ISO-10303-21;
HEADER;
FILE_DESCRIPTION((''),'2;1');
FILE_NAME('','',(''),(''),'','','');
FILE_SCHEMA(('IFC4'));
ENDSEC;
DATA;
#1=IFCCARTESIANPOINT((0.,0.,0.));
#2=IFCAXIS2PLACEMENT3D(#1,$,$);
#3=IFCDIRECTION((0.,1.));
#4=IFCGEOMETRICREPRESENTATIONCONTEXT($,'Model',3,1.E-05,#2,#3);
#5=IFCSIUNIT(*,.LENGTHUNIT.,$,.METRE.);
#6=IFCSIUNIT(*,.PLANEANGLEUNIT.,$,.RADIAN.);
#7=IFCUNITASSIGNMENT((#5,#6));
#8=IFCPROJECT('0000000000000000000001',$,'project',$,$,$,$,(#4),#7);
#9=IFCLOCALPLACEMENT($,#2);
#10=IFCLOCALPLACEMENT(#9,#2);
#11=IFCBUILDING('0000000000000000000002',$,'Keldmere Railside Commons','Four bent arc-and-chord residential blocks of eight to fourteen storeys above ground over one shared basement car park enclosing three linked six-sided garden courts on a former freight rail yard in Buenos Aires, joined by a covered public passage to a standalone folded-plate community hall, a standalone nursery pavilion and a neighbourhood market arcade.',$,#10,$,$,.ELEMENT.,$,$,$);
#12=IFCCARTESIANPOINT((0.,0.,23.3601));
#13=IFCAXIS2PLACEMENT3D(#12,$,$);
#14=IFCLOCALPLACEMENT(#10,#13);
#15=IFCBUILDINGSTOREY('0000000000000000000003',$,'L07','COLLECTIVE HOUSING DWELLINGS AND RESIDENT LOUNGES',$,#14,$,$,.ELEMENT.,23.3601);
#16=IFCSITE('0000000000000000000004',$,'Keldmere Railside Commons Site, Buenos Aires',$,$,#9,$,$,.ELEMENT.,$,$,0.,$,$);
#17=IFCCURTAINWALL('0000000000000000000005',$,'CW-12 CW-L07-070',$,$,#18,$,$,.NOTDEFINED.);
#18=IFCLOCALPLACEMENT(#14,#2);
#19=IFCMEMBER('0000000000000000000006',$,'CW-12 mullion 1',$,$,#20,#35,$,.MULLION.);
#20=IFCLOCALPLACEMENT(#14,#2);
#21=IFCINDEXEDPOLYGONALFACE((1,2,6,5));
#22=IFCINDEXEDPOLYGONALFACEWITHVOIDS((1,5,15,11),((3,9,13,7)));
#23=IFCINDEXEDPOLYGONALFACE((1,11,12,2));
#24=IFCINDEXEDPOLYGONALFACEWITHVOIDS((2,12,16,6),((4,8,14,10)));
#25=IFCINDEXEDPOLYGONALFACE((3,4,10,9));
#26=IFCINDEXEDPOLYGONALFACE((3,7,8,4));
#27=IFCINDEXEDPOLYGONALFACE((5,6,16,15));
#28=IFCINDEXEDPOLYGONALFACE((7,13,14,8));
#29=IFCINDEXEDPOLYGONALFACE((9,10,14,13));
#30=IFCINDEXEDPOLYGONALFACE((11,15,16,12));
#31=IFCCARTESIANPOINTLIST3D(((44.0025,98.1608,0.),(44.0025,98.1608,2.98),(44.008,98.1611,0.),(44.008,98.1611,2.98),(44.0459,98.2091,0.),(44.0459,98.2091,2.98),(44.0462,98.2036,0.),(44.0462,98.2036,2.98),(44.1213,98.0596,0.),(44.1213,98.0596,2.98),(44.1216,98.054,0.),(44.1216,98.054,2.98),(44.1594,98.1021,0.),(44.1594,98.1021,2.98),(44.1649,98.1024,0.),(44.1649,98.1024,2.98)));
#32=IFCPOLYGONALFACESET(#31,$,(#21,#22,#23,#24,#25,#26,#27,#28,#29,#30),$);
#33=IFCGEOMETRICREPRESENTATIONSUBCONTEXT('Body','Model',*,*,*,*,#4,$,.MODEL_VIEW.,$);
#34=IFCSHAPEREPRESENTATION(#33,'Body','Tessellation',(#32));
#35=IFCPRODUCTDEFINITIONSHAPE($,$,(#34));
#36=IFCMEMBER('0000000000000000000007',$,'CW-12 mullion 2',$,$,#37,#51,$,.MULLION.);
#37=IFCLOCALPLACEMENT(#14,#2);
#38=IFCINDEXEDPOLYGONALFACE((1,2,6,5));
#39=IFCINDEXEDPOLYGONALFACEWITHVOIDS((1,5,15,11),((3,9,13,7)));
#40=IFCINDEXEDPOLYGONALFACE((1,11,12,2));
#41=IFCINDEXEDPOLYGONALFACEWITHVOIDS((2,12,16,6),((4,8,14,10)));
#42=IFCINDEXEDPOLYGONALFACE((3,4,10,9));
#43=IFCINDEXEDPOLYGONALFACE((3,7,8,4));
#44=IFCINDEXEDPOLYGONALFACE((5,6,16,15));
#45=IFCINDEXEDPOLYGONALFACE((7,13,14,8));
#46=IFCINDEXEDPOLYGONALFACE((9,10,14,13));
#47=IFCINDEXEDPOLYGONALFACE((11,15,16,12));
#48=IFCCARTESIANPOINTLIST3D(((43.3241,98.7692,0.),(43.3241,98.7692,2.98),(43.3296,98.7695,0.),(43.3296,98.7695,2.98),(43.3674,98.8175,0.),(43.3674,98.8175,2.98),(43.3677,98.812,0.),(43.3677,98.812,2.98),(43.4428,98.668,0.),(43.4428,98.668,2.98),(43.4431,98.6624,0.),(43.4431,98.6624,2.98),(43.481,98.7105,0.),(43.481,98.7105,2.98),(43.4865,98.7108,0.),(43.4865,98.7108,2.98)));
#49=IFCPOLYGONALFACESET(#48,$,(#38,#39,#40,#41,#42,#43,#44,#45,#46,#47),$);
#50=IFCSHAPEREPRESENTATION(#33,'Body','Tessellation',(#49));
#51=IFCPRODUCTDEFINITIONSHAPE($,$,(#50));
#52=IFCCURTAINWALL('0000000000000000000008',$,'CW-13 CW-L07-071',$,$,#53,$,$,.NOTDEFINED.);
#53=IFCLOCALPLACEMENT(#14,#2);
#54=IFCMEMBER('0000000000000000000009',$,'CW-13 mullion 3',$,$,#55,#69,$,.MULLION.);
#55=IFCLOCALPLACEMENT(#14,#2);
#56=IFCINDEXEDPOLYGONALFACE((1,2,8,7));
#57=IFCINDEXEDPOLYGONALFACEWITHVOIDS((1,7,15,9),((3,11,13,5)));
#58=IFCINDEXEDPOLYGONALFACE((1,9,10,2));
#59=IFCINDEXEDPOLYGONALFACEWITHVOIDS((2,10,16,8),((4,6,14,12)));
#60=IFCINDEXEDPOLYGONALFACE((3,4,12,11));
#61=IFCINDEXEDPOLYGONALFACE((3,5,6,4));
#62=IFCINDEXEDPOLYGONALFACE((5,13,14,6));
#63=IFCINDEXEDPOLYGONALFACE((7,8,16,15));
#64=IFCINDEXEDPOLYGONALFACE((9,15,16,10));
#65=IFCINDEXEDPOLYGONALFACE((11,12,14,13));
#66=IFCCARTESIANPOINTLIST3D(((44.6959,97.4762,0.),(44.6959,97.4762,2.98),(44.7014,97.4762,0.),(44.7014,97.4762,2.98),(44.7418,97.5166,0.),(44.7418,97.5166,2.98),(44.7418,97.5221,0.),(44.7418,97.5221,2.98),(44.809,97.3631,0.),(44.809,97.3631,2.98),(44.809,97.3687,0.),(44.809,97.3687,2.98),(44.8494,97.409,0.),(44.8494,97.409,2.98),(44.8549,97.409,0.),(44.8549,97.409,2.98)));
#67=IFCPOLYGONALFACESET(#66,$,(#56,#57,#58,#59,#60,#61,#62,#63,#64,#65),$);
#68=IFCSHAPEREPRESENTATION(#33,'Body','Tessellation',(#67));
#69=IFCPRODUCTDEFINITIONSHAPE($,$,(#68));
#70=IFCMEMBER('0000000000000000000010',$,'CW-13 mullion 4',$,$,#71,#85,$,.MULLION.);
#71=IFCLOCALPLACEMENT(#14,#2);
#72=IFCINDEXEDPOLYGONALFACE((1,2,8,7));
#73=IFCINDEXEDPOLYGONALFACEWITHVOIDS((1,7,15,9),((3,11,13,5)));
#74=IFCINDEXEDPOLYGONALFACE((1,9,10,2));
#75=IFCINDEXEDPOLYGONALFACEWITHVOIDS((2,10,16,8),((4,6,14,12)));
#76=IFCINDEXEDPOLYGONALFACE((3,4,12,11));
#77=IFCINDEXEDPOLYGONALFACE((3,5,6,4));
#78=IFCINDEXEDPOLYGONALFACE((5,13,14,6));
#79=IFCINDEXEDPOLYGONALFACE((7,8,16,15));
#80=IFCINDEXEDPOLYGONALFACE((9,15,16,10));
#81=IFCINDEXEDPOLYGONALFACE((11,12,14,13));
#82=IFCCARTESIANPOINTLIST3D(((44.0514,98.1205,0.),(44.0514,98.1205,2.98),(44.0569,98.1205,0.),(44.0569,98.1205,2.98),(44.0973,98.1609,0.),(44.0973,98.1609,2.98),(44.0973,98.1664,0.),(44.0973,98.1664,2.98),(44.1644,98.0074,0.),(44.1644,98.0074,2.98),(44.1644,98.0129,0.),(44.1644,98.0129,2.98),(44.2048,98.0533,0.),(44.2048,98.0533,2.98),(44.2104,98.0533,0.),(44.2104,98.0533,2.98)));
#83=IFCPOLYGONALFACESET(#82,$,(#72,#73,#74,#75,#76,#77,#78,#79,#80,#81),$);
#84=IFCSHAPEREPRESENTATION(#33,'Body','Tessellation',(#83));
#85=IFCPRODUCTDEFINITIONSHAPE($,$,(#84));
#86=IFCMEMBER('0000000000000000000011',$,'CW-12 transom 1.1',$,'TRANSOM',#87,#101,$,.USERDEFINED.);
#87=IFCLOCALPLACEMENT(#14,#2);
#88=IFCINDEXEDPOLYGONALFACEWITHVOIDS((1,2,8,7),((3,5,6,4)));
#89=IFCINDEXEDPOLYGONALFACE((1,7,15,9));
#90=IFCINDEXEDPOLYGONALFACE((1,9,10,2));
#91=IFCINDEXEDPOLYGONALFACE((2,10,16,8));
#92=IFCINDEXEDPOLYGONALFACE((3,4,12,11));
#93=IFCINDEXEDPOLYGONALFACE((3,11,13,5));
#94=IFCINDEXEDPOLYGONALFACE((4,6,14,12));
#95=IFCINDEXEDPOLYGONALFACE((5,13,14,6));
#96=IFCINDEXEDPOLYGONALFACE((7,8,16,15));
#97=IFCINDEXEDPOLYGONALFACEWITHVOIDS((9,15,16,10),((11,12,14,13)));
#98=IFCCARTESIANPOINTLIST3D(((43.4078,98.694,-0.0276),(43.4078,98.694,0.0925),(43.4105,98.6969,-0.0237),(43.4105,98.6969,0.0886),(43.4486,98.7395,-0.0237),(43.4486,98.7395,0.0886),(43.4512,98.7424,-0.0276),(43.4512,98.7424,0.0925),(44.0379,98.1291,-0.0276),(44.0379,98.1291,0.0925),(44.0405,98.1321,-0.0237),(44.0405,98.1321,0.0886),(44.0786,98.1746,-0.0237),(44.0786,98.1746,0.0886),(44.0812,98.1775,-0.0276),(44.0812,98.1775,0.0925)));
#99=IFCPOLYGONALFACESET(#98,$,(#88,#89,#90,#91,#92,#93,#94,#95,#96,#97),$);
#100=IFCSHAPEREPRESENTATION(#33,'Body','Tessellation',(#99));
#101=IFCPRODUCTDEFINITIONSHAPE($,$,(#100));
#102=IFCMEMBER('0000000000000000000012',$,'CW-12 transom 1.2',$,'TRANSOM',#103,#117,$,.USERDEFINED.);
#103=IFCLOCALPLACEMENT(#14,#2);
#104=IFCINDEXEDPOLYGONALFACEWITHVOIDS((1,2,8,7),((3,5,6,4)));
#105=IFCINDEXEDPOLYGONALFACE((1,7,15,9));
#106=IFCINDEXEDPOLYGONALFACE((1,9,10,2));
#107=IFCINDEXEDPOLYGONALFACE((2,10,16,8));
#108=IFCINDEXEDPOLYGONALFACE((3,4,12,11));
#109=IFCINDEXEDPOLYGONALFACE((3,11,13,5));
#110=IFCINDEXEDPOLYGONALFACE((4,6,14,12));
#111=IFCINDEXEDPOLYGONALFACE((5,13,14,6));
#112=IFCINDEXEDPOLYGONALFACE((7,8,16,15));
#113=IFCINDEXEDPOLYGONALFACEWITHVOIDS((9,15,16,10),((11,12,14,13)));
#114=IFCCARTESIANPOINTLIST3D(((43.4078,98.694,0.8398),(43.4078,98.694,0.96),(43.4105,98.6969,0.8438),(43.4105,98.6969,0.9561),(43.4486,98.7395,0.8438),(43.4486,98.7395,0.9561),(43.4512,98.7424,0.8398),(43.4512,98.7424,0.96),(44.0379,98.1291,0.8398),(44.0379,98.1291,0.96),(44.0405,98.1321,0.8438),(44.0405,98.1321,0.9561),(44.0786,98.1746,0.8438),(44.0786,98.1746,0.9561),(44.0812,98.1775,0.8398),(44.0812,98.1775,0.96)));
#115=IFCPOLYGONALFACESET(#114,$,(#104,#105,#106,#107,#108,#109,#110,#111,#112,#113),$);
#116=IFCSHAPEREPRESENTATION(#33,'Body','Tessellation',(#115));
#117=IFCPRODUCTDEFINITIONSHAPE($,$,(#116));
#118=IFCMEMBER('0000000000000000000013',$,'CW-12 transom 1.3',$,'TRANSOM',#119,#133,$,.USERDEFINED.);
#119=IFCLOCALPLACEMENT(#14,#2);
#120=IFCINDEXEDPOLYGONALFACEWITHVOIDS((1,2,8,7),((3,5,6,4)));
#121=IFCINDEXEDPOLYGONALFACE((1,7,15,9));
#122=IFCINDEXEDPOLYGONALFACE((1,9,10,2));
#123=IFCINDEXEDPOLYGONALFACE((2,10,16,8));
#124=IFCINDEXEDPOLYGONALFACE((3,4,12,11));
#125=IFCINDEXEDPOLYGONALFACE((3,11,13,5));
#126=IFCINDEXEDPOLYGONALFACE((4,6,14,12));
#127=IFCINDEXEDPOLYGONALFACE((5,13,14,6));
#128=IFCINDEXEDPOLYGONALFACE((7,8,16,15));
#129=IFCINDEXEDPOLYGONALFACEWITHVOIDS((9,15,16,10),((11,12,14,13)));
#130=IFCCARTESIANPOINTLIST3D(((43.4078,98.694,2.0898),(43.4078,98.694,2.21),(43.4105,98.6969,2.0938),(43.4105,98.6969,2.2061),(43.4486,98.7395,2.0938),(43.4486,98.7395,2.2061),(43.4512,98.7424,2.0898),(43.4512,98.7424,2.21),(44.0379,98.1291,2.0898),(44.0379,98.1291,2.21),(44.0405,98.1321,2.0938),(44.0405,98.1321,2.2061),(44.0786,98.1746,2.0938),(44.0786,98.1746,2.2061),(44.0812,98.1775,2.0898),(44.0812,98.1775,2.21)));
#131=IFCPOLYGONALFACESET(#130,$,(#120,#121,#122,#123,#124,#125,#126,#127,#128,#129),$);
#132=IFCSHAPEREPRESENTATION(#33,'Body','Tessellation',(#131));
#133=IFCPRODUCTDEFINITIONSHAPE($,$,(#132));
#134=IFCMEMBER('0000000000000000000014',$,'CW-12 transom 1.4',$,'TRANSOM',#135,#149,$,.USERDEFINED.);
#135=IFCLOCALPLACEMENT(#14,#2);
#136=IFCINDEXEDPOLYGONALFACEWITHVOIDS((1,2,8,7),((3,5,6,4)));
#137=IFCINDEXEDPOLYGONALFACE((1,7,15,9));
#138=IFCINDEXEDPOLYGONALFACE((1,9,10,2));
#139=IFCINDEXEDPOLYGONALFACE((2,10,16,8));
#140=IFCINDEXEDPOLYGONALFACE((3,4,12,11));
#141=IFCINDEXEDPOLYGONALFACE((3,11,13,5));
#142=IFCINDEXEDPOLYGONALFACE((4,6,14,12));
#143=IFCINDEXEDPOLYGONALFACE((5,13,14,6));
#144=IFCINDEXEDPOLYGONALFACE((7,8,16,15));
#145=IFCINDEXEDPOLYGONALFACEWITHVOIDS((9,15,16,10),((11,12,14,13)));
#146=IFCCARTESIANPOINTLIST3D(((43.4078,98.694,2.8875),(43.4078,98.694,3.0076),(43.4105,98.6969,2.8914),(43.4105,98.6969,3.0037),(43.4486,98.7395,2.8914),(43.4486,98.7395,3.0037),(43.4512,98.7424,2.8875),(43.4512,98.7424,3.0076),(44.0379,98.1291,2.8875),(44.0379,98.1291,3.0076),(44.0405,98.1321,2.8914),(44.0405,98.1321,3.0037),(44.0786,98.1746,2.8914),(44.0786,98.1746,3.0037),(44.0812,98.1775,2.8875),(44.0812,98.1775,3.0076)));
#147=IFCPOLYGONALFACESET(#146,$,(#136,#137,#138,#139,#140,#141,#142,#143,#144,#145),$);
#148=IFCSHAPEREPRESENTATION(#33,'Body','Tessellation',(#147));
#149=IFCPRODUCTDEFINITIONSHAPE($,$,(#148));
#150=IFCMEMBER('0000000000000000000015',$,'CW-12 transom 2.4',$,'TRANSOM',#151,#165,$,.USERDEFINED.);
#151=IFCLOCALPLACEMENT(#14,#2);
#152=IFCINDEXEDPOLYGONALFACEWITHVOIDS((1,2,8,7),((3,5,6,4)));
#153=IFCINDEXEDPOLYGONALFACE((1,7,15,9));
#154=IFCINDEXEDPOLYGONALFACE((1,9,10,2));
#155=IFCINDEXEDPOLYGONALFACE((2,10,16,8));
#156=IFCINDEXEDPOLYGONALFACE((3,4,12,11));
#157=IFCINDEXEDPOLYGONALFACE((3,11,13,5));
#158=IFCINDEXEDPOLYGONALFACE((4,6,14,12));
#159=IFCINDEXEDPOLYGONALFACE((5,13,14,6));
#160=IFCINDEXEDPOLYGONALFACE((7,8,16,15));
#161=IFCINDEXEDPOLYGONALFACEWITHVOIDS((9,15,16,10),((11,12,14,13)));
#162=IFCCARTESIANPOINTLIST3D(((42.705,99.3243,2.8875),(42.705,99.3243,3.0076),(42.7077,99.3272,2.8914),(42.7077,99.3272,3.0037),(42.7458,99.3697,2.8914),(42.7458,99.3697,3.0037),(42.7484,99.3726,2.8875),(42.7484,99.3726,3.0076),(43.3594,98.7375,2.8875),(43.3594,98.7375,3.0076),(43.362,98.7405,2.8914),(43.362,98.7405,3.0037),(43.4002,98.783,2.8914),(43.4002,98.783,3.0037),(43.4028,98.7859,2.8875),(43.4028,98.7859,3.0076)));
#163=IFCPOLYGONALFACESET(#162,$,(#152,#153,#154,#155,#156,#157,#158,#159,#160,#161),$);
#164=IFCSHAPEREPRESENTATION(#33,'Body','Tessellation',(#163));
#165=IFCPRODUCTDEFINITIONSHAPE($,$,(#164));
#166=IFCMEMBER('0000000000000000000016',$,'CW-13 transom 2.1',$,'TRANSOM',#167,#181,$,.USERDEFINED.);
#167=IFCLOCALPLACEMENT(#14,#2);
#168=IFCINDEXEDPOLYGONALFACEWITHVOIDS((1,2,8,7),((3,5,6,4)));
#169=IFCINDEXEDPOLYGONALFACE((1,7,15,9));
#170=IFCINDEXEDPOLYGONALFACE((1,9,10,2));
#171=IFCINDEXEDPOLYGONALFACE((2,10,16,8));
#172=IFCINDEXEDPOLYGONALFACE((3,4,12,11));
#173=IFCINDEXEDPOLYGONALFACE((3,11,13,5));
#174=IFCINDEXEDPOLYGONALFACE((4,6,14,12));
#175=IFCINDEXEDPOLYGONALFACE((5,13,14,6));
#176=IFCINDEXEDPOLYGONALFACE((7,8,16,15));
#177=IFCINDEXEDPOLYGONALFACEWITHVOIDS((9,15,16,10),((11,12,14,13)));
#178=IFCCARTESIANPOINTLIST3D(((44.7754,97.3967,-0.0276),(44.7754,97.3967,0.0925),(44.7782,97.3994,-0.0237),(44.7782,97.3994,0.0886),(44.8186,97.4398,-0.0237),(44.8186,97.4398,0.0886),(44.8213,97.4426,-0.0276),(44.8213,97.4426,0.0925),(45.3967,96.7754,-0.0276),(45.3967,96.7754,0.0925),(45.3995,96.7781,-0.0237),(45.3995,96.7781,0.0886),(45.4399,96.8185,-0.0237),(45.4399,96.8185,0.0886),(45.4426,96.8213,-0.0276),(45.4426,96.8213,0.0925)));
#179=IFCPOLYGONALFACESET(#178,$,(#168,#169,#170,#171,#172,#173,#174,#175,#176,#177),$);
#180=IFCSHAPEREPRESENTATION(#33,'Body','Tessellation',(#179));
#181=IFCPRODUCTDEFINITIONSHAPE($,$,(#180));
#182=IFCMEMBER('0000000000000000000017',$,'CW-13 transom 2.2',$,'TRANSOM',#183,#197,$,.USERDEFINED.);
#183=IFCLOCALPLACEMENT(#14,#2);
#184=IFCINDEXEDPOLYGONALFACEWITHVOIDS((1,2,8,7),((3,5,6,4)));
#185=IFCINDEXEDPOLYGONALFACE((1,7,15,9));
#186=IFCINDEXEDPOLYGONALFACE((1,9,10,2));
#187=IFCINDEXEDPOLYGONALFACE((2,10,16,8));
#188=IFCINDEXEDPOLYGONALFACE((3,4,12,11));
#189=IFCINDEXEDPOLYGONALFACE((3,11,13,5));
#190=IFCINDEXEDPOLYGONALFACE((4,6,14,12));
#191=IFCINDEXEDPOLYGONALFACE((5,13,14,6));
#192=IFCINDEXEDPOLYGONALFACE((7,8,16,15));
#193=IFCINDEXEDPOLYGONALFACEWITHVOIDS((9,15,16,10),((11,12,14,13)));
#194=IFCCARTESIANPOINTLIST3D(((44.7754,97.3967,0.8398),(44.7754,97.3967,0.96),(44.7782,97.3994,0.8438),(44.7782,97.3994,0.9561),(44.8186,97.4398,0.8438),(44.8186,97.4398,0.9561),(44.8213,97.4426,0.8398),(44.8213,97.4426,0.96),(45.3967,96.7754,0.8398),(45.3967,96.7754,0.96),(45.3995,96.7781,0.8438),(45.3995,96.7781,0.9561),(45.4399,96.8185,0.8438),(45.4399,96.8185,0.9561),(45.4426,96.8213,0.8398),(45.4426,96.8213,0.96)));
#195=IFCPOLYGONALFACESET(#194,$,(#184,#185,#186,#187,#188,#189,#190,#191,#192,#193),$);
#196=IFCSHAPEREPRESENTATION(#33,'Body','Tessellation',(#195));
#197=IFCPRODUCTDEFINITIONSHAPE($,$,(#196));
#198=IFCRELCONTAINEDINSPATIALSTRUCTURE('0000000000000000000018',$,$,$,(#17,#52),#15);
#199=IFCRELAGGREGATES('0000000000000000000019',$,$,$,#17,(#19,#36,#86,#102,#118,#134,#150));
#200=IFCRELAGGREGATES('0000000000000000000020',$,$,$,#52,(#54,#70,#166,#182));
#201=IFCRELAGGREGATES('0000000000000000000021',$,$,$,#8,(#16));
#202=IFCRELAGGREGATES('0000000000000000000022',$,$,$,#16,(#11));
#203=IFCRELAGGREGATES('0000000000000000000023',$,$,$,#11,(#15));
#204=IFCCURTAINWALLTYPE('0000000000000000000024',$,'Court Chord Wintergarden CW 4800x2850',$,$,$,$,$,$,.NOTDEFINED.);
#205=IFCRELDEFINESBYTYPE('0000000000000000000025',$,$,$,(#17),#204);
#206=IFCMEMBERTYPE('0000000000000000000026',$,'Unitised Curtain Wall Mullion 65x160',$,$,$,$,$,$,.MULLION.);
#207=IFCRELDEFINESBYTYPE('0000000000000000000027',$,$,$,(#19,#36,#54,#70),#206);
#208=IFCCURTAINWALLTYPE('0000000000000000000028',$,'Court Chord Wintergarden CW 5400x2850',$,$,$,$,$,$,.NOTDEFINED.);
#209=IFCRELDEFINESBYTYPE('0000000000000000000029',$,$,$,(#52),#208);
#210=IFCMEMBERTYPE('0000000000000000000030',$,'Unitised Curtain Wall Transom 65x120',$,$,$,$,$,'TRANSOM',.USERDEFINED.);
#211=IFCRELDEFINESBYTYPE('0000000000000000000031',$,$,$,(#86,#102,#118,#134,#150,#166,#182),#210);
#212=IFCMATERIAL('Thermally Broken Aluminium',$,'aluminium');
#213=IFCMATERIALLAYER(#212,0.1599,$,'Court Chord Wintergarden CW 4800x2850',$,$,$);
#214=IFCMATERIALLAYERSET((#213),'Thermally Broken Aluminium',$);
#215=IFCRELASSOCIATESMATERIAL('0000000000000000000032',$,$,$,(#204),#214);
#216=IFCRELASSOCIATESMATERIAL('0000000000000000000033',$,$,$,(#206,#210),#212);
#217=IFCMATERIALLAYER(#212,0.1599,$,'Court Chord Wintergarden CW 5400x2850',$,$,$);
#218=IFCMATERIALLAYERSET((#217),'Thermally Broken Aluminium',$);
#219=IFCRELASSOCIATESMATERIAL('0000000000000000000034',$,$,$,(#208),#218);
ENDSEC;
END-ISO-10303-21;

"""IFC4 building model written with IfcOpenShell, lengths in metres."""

from ifc_helpers import new_model, si_unit, direction, frame, origin, origin_2d, place, context, subcontext, project, spatial, hollow_rectangle, extrude, material, layer, layer_set, material_profile, profile_set, type_object, element, aggregate, save


model = new_model("IFC4")

# Units and contexts
model_context = context("Model", 3, precision=1e-05, world=origin(), true_north=direction((0.0, 1.0)))
body_context = subcontext(model_context, "Body", "Model", "MODEL_VIEW")
ifc_project = project(units=[si_unit("LENGTHUNIT", "METRE"), si_unit("PLANEANGLEUNIT", "RADIAN")], contexts=[model_context])

# Site, building, storey
site_placement = place(None, origin())
site = spatial("IfcSite", under=ifc_project, at=site_placement, Name="Keldmere Railside Commons Site, Buenos Aires", CompositionType="ELEMENT", RefElevation=0.0)
building_placement = place(site_placement, origin())
building = spatial("IfcBuilding", under=site, at=building_placement, Name="Keldmere Railside Commons", Description="Four bent arc-and-chord residential blocks of eight to fourteen storeys above ground over one shared basement car park enclosing three linked six-sided garden courts on a former freight rail yard in Buenos Aires, joined by a covered public passage to a standalone folded-plate community hall, a standalone nursery pavilion and a neighbourhood market arcade.", CompositionType="ELEMENT")
storey_placement = place(building_placement, frame((0.0, 0.0, 23.3601)))
storey = spatial("IfcBuildingStorey", under=building, at=storey_placement, Name="L07", Description="COLLECTIVE HOUSING DWELLINGS AND RESIDENT LOUNGES", CompositionType="ELEMENT", Elevation=23.3601)

# Curtain walls, members
ifc_material_1 = material(Name="Thermally Broken Aluminium", Category="aluminium")
ifc_layer_1 = layer(ifc_material_1, 0.1599, Name="Court Chord Wintergarden CW 4800x2850")
ifc_layer_set_1 = layer_set([ifc_layer_1], Name="Thermally Broken Aluminium")
curtain_wall_type_1 = type_object("IfcCurtainWallType", Name="Court Chord Wintergarden CW 4800x2850", PredefinedType="NOTDEFINED", material=ifc_layer_set_1)
curtain_wall_1_placement = place(storey_placement, origin())
curtain_wall_1 = element("IfcCurtainWall", 1, at=curtain_wall_1_placement, inside=storey, type_object=curtain_wall_type_1, Name="CW-12 CW-L07-070", PredefinedType="NOTDEFINED")
ifc_material_profile_1 = material_profile(ifc_material_1, hollow_rectangle(XDim=0.0649, YDim=0.1599, WallThickness=0.0039, at=origin_2d()), Name="ALU-MULL-65x160")
ifc_profile_set_1 = profile_set([ifc_material_profile_1], Name="Thermally Broken Aluminium")
member_type_1 = type_object("IfcMemberType", Name="Unitised Curtain Wall Mullion 65x160", PredefinedType="MULLION", material=ifc_profile_set_1)
member_1_placement = place(storey_placement, frame((44.0837, 98.1316, 0.0), z_axis=(0.0, 0.0, 1.0), x_axis=(-0.667559, -0.744557, 0.0)))
member_1 = element("IfcMember", 2, at=member_1_placement, type_object=member_type_1, Name="CW-12 mullion 1", PredefinedType="MULLION", context=body_context, shape_type="SweptSolid", body=[
    extrude(hollow_rectangle(XDim=0.0649, YDim=0.1599, WallThickness=0.0039, at=origin_2d()), origin(), (0.0, 0.0, 1.0), 2.98),
])
member_2_placement = place(storey_placement, frame((43.4053, 98.74, 0.0), z_axis=(0.0, 0.0, 1.0), x_axis=(-0.667559, -0.744557, 0.0)))
member_2 = element("IfcMember", 3, at=member_2_placement, type_object=member_type_1, Name="CW-12 mullion 2", PredefinedType="MULLION", context=body_context, shape_type="SweptSolid", body=[
    extrude(hollow_rectangle(XDim=0.0649, YDim=0.1599, WallThickness=0.0039, at=origin_2d()), origin(), (0.0, 0.0, 1.0), 2.98),
])
ifc_layer_2 = layer(ifc_material_1, 0.1599, Name="Court Chord Wintergarden CW 5400x2850")
ifc_layer_set_2 = layer_set([ifc_layer_2], Name="Thermally Broken Aluminium")
curtain_wall_type_2 = type_object("IfcCurtainWallType", Name="Court Chord Wintergarden CW 5400x2850", PredefinedType="NOTDEFINED", material=ifc_layer_set_2)
curtain_wall_2_placement = place(storey_placement, origin())
curtain_wall_2 = element("IfcCurtainWall", 4, at=curtain_wall_2_placement, inside=storey, type_object=curtain_wall_type_2, Name="CW-13 CW-L07-071", PredefinedType="NOTDEFINED")
member_3_placement = place(storey_placement, frame((44.7754, 97.4426, 0.0), z_axis=(0.0, 0.0, 1.0), x_axis=(-0.707107, -0.707107, 0.0)))
member_3 = element("IfcMember", 5, at=member_3_placement, type_object=member_type_1, Name="CW-13 mullion 3", PredefinedType="MULLION", context=body_context, shape_type="SweptSolid", body=[
    extrude(hollow_rectangle(XDim=0.0649, YDim=0.1599, WallThickness=0.0039, at=origin_2d()), origin(), (0.0, 0.0, 1.0), 2.98),
])
member_4_placement = place(storey_placement, frame((44.1309, 98.0869, 0.0), z_axis=(0.0, 0.0, 1.0), x_axis=(-0.707107, -0.707107, 0.0)))
member_4 = element("IfcMember", 6, at=member_4_placement, type_object=member_type_1, Name="CW-13 mullion 4", PredefinedType="MULLION", context=body_context, shape_type="SweptSolid", body=[
    extrude(hollow_rectangle(XDim=0.0649, YDim=0.1599, WallThickness=0.0039, at=origin_2d()), origin(), (0.0, 0.0, 1.0), 2.98),
])

# Members
ifc_material_profile_2 = material_profile(ifc_material_1, hollow_rectangle(XDim=0.0649, YDim=0.1201, WallThickness=0.0039, at=origin_2d()), Name="ALU-TRAN-65x120")
ifc_profile_set_2 = profile_set([ifc_material_profile_2], Name="Thermally Broken Aluminium")
member_type_2 = type_object("IfcMemberType", Name="Unitised Curtain Wall Transom 65x120", ElementType="TRANSOM", PredefinedType="USERDEFINED", material=ifc_profile_set_2)
member_5_placement = place(storey_placement, frame((44.0596, 98.1533, 0.0325), z_axis=(-0.744569, 0.667545, 0.0), x_axis=(-0.667545, -0.744569, 0.0)))
member_5 = element("IfcMember", 7, at=member_5_placement, type_object=member_type_2, Name="CW-12 transom 1.1", ObjectType="TRANSOM", PredefinedType="USERDEFINED", context=body_context, shape_type="SweptSolid", body=[
    extrude(hollow_rectangle(XDim=0.0649, YDim=0.1201, WallThickness=0.0039, at=origin_2d()), origin(), (0.0, 0.0, 1.0), 0.8462),
])
member_6_placement = place(storey_placement, frame((44.0596, 98.1533, 0.8999), z_axis=(-0.744569, 0.667545, 0.0), x_axis=(-0.667545, -0.744569, 0.0)))
member_6 = element("IfcMember", 8, at=member_6_placement, type_object=member_type_2, Name="CW-12 transom 1.2", ObjectType="TRANSOM", PredefinedType="USERDEFINED", context=body_context, shape_type="SweptSolid", body=[
    extrude(hollow_rectangle(XDim=0.0649, YDim=0.1201, WallThickness=0.0039, at=origin_2d()), origin(), (0.0, 0.0, 1.0), 0.8462),
])
member_7_placement = place(storey_placement, frame((44.0596, 98.1533, 2.1499), z_axis=(-0.744569, 0.667545, 0.0), x_axis=(-0.667545, -0.744569, 0.0)))
member_7 = element("IfcMember", 9, at=member_7_placement, type_object=member_type_2, Name="CW-12 transom 1.3", ObjectType="TRANSOM", PredefinedType="USERDEFINED", context=body_context, shape_type="SweptSolid", body=[
    extrude(hollow_rectangle(XDim=0.0649, YDim=0.1201, WallThickness=0.0039, at=origin_2d()), origin(), (0.0, 0.0, 1.0), 0.8462),
])
member_8_placement = place(storey_placement, frame((44.0596, 98.1533, 2.9475), z_axis=(-0.744569, 0.667545, 0.0), x_axis=(-0.667545, -0.744569, 0.0)))
member_8 = element("IfcMember", 10, at=member_8_placement, type_object=member_type_2, Name="CW-12 transom 1.4", ObjectType="TRANSOM", PredefinedType="USERDEFINED", context=body_context, shape_type="SweptSolid", body=[
    extrude(hollow_rectangle(XDim=0.0649, YDim=0.1201, WallThickness=0.0039, at=origin_2d()), origin(), (0.0, 0.0, 1.0), 0.8462),
])
member_9_placement = place(storey_placement, frame((43.3811, 98.7617, 2.9475), z_axis=(-0.744536, 0.667582, 0.0), x_axis=(-0.667582, -0.744536, 0.0)))
member_9 = element("IfcMember", 11, at=member_9_placement, type_object=member_type_2, Name="CW-12 transom 2.4", ObjectType="TRANSOM", PredefinedType="USERDEFINED", context=body_context, shape_type="SweptSolid", body=[
    extrude(hollow_rectangle(XDim=0.0649, YDim=0.1201, WallThickness=0.0039, at=origin_2d()), origin(), (0.0, 0.0, 1.0), 0.8789),
])
member_10_placement = place(storey_placement, frame((45.4197, 96.7983, 0.0325), z_axis=(-0.707107, 0.707107, 0.0), x_axis=(-0.707107, -0.707107, 0.0)))
member_10 = element("IfcMember", 12, at=member_10_placement, type_object=member_type_2, Name="CW-13 transom 2.1", ObjectType="TRANSOM", PredefinedType="USERDEFINED", context=body_context, shape_type="SweptSolid", body=[
    extrude(hollow_rectangle(XDim=0.0649, YDim=0.1201, WallThickness=0.0039, at=origin_2d()), origin(), (0.0, 0.0, 1.0), 0.8787),
])
member_11_placement = place(storey_placement, frame((45.4197, 96.7983, 0.8999), z_axis=(-0.707107, 0.707107, 0.0), x_axis=(-0.707107, -0.707107, 0.0)))
member_11 = element("IfcMember", 13, at=member_11_placement, type_object=member_type_2, Name="CW-13 transom 2.2", ObjectType="TRANSOM", PredefinedType="USERDEFINED", context=body_context, shape_type="SweptSolid", body=[
    extrude(hollow_rectangle(XDim=0.0649, YDim=0.1201, WallThickness=0.0039, at=origin_2d()), origin(), (0.0, 0.0, 1.0), 0.8787),
])

aggregate(curtain_wall_1, [member_1, member_2, member_5, member_6, member_7, member_8, member_9])
aggregate(curtain_wall_2, [member_3, member_4, member_10, member_11])

save(model, "model.ifc")
